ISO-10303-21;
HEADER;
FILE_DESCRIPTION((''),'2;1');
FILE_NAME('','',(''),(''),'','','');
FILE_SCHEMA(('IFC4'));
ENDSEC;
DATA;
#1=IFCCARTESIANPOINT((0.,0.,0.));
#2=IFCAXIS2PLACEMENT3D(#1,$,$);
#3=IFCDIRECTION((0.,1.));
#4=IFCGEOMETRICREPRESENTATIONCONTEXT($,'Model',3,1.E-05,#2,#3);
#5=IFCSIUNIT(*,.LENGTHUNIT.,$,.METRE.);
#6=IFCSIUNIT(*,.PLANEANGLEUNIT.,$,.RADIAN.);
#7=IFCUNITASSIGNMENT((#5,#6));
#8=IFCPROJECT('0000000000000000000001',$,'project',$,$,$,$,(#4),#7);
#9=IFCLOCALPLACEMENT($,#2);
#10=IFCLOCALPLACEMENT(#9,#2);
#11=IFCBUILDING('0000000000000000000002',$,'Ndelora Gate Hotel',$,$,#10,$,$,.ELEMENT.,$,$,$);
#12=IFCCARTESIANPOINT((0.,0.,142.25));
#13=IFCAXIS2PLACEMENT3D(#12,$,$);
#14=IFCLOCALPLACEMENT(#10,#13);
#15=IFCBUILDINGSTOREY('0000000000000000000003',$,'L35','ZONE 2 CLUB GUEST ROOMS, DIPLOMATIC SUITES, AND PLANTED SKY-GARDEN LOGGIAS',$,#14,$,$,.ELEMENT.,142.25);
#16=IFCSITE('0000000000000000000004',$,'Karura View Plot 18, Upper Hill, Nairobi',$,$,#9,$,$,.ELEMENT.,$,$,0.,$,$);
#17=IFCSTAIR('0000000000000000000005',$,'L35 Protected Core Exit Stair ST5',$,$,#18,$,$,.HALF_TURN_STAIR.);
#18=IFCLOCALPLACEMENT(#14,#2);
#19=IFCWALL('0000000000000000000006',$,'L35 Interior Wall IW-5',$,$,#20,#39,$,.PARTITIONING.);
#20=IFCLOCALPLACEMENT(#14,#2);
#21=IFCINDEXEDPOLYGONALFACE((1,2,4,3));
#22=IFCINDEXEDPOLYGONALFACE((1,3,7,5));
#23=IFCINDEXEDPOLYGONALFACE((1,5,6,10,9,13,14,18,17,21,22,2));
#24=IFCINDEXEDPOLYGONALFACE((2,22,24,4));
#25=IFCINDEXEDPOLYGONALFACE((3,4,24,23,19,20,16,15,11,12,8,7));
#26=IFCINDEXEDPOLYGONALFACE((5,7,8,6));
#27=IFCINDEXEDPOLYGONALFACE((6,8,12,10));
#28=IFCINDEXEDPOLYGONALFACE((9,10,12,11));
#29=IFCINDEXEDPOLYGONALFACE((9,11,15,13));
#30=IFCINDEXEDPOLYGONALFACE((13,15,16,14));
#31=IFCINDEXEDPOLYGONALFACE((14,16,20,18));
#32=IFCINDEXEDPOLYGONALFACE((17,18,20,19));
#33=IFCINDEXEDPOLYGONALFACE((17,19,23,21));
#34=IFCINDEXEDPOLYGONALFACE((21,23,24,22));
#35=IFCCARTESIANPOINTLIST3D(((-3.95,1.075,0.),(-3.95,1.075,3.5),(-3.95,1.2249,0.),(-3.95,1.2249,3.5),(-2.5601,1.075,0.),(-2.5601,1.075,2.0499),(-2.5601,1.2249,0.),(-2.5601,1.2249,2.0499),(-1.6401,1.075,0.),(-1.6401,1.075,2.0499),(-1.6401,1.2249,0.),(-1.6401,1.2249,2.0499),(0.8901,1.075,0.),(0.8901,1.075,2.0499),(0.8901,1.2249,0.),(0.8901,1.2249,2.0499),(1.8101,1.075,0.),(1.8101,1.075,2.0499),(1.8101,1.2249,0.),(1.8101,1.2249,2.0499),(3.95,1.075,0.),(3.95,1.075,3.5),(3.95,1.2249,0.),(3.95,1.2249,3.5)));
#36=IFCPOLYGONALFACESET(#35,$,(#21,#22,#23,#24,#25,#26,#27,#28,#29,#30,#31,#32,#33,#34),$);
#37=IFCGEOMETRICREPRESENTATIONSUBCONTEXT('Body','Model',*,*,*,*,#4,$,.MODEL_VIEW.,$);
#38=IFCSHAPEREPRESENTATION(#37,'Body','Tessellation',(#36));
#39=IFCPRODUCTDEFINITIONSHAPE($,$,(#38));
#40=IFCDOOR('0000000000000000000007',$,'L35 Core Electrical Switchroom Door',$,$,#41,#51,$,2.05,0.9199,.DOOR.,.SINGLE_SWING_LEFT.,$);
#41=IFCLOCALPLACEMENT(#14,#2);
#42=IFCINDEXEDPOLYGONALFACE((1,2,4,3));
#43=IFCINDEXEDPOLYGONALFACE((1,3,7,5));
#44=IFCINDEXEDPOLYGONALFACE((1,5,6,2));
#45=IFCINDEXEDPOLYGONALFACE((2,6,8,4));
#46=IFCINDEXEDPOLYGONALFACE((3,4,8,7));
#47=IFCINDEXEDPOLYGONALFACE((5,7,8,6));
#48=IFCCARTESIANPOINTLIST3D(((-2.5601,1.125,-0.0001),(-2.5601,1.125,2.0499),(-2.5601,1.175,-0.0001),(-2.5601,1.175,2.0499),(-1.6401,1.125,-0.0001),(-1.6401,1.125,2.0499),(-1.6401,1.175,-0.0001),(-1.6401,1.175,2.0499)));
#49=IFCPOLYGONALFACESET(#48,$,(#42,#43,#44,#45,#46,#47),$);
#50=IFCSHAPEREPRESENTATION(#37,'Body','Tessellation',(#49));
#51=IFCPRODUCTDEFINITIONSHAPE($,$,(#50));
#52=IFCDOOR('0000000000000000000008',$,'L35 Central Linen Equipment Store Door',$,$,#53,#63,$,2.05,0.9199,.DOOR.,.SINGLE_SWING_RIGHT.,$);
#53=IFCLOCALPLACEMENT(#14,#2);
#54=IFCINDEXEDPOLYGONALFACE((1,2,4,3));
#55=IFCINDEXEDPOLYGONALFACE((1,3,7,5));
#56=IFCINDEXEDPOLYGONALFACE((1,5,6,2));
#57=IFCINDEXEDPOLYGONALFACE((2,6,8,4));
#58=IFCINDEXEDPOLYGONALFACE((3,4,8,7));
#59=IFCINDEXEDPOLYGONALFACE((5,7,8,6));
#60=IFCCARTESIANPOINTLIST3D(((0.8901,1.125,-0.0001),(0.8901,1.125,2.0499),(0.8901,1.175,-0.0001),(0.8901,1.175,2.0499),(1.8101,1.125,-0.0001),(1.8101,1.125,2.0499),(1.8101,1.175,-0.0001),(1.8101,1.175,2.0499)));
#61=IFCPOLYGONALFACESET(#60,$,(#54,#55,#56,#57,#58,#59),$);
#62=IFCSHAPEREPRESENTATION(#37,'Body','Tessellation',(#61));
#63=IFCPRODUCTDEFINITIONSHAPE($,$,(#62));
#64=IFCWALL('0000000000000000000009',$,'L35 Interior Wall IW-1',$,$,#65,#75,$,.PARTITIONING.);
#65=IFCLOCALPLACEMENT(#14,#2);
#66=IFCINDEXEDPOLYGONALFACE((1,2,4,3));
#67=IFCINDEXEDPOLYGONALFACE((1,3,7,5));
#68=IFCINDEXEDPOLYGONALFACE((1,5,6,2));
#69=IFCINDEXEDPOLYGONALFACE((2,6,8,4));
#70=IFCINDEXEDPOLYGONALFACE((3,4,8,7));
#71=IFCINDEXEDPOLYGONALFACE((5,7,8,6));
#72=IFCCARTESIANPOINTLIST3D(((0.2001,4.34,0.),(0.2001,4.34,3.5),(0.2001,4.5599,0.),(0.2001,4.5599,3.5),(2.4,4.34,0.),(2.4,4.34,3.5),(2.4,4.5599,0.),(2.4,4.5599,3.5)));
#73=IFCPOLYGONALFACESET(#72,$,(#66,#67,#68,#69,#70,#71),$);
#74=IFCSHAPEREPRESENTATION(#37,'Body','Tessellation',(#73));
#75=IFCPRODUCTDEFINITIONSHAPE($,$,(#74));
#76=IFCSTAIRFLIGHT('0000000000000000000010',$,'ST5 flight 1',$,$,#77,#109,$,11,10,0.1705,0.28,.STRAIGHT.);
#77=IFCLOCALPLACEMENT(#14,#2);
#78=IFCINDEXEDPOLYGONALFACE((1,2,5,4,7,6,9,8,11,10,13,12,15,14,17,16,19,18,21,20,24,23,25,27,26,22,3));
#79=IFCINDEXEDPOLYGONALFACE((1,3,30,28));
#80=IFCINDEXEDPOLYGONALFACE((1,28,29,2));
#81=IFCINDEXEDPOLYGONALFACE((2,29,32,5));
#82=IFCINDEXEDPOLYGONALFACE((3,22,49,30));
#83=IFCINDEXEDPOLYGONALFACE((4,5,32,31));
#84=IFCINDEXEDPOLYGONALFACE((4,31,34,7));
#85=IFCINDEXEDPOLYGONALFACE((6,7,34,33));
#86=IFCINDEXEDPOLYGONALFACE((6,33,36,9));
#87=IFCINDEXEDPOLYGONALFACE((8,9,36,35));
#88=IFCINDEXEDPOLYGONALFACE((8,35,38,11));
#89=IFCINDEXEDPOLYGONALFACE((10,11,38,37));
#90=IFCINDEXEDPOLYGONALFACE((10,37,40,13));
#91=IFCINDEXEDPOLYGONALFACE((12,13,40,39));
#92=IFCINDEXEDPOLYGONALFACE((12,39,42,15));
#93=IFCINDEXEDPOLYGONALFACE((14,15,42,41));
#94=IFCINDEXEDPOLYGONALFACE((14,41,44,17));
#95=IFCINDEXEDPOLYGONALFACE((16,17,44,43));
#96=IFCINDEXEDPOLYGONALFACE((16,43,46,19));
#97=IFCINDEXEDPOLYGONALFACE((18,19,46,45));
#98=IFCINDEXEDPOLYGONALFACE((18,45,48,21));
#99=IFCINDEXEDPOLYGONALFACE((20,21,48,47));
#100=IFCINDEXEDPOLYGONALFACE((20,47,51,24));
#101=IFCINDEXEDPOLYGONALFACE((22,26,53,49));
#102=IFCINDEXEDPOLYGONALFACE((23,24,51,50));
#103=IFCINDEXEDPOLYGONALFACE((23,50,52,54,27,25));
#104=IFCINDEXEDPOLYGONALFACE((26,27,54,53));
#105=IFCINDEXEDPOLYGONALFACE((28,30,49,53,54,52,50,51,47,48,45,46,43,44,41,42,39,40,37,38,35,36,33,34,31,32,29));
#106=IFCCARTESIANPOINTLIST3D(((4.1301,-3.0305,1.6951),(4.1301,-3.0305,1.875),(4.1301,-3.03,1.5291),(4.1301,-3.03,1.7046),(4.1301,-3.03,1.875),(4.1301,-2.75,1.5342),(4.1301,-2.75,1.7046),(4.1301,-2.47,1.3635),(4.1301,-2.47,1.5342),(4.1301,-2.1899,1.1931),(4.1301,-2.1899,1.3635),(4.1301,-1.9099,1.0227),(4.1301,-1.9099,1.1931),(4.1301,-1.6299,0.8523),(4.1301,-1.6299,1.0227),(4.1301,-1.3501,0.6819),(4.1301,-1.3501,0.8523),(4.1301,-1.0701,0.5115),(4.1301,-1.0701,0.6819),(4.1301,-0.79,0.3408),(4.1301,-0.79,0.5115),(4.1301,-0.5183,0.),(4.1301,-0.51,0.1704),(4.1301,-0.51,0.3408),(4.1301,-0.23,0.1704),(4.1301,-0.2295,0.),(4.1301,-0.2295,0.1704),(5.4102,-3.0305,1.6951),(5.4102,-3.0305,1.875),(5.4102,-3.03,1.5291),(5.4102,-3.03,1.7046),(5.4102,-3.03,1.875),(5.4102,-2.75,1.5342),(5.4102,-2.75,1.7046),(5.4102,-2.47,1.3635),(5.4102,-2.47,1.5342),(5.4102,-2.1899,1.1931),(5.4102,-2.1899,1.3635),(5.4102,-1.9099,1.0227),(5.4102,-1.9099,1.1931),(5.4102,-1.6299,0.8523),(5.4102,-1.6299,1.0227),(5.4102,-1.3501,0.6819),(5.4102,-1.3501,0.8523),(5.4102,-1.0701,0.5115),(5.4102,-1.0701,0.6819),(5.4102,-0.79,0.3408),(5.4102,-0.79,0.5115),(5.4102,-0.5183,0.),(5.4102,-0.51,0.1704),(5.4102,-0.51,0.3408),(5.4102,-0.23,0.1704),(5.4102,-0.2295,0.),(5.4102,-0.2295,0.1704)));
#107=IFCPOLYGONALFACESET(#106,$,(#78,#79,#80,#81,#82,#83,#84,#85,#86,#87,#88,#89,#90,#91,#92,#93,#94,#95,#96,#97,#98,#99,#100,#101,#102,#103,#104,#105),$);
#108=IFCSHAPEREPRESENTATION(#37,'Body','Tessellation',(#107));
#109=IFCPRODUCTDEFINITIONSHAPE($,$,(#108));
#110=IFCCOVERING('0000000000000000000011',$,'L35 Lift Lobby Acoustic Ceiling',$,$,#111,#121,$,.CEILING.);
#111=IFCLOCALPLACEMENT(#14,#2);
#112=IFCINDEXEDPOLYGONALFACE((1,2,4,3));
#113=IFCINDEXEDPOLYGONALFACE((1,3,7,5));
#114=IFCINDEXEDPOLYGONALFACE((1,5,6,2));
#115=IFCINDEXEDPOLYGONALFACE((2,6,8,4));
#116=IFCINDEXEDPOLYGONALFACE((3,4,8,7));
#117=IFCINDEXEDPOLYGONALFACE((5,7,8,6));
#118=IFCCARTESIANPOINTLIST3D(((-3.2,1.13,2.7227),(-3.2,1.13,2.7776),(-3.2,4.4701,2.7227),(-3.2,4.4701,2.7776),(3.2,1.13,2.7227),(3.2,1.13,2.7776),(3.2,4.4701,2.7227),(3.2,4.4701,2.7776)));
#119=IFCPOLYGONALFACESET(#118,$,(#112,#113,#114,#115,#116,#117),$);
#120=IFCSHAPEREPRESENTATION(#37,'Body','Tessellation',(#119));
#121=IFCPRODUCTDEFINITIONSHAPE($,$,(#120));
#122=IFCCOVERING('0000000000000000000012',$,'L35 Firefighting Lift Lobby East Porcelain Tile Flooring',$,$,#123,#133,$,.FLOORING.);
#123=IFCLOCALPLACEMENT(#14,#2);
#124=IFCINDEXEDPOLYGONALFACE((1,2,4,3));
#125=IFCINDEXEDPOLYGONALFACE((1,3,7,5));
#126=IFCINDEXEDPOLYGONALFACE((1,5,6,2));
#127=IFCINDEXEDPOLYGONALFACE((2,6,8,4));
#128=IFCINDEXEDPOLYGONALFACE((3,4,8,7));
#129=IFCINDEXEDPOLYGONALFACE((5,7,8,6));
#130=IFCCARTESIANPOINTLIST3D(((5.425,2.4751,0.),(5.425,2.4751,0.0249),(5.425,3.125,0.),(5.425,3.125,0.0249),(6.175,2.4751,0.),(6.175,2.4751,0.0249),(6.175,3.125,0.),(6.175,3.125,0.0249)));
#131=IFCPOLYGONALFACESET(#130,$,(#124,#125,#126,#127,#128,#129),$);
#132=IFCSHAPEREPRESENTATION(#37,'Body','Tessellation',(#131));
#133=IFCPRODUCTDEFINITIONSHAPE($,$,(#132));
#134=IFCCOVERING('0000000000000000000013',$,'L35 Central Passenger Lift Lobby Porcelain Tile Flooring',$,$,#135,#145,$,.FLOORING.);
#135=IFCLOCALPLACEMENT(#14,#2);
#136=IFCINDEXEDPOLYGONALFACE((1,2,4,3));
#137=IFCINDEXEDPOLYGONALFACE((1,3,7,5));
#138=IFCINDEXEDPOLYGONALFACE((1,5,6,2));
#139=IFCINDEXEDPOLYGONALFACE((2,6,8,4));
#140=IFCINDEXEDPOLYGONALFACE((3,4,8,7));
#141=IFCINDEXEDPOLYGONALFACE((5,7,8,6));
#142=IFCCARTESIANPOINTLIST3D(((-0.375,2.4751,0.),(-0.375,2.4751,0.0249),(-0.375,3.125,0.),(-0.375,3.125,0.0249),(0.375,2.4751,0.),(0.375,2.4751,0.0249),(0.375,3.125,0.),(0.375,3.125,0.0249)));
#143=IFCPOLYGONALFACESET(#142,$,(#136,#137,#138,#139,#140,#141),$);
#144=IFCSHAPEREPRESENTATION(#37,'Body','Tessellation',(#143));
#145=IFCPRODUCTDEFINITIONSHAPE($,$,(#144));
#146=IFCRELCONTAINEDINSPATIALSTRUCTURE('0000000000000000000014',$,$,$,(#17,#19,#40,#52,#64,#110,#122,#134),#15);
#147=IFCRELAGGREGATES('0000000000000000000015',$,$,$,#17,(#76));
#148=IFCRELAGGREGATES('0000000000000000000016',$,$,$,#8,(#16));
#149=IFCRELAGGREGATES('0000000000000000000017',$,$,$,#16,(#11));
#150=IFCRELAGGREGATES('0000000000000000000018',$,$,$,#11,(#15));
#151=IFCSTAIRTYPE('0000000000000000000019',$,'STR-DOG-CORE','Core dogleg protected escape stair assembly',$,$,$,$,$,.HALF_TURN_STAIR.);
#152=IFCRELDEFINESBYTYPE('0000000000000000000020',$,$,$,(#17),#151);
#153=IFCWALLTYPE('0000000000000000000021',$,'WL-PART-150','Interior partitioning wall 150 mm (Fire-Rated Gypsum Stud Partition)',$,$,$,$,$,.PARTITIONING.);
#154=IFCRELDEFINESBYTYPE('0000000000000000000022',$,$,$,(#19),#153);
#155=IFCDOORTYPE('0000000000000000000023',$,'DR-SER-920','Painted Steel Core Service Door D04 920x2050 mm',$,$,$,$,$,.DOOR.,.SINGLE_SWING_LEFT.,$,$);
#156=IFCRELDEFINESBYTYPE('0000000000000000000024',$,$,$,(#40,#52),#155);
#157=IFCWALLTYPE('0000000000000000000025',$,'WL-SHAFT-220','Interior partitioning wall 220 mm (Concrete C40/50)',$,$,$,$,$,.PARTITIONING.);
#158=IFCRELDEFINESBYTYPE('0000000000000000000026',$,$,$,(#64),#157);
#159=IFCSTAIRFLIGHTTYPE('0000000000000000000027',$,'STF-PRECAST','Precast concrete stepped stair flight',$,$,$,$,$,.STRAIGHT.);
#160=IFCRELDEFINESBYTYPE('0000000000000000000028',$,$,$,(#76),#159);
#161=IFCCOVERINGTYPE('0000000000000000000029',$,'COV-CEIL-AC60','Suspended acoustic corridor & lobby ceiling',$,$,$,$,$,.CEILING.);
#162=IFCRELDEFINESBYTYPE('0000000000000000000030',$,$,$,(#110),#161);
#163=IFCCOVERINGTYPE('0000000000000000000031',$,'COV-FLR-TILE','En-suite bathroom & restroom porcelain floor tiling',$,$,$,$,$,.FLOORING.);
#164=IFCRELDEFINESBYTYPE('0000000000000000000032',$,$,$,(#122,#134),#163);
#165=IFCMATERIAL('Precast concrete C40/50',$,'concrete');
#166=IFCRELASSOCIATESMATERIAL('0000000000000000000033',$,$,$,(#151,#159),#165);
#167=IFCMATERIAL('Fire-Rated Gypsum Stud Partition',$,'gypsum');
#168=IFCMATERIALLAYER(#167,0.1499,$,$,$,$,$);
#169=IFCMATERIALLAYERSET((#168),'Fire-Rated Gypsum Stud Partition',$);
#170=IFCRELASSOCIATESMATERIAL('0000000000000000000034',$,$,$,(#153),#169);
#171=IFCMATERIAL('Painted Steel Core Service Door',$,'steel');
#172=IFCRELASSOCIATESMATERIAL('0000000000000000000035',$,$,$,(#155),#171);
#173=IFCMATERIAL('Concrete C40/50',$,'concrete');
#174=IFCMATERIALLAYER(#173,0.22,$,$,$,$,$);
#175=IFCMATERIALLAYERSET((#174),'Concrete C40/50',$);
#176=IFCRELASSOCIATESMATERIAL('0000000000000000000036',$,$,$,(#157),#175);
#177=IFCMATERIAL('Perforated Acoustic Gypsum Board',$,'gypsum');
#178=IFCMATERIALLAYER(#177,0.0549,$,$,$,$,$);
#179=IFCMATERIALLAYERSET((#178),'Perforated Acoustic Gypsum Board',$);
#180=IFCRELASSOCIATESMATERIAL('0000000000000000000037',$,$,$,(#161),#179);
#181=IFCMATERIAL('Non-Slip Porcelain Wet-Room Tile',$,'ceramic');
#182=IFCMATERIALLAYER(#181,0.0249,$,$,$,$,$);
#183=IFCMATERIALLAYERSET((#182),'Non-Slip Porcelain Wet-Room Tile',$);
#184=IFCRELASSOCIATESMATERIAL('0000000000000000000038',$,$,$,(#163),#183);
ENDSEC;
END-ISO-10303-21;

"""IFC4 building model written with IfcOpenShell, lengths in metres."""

from ifc_helpers import new_model, si_unit, direction, frame, frame_2d, origin, origin_2d, place, context, subcontext, project, spatial, polyline, rectangle, outline, extrude, material, layer, layer_set, type_object, element, fill, aggregate, save


model = new_model("IFC4")

# Units and contexts
model_context = context("Model", 3, precision=1e-05, world=origin(), true_north=direction((0.0, 1.0)))
body_context = subcontext(model_context, "Body", "Model", "MODEL_VIEW")
ifc_project = project(units=[si_unit("LENGTHUNIT", "METRE"), si_unit("PLANEANGLEUNIT", "RADIAN")], contexts=[model_context])

# Site, building, storey
site_placement = place(None, origin())
site = spatial("IfcSite", under=ifc_project, at=site_placement, Name="Karura View Plot 18, Upper Hill, Nairobi", CompositionType="ELEMENT", RefElevation=0.0)
building_placement = place(site_placement, origin())
building = spatial("IfcBuilding", under=site, at=building_placement, Name="Ndelora Gate Hotel", CompositionType="ELEMENT")
storey_placement = place(building_placement, frame((0.0, 0.0, 142.25)))
storey = spatial("IfcBuildingStorey", under=building, at=storey_placement, Name="L35", Description="ZONE 2 CLUB GUEST ROOMS, DIPLOMATIC SUITES, AND PLANTED SKY-GARDEN LOGGIAS", CompositionType="ELEMENT", Elevation=142.25)

# Stair
ifc_material_1 = material(Name="Precast concrete C40/50", Category="concrete")
stair_type = type_object("IfcStairType", Name="STR-DOG-CORE", Description="Core dogleg protected escape stair assembly", PredefinedType="HALF_TURN_STAIR", material=ifc_material_1)
stair_1_placement = place(storey_placement, origin())
stair_1 = element("IfcStair", 1, at=stair_1_placement, inside=storey, type_object=stair_type, Name="L35 Protected Core Exit Stair ST5", PredefinedType="HALF_TURN_STAIR")

# Shared definitions
ifc_material_2 = material(Name="Concrete C40/50", Category="concrete")

# Wall, openings, doors
ifc_material_3 = material(Name="Fire-Rated Gypsum Stud Partition", Category="gypsum")
ifc_layer_1 = layer(ifc_material_3, 0.1499)
ifc_layer_set_1 = layer_set([ifc_layer_1], Name="Fire-Rated Gypsum Stud Partition")
wall_type_1 = type_object("IfcWallType", Name="WL-PART-150", Description="Interior partitioning wall 150 mm (Fire-Rated Gypsum Stud Partition)", PredefinedType="PARTITIONING", material=ifc_layer_set_1)
wall_1_placement = place(storey_placement, frame((3.95, 1.1499, 0.0), z_axis=(0.0, 0.0, 1.0), x_axis=(-1.0, 0.0, 0.0)))
wall_1 = element("IfcWall", 2, at=wall_1_placement, inside=storey, type_object=wall_type_1, Name="L35 Interior Wall IW-5", PredefinedType="PARTITIONING", context=body_context, shape_type="SweptSolid", body=[
    extrude(rectangle(XDim=7.8999, YDim=0.1499, at=frame_2d((3.95, 0.0))), origin(), (0.0, 0.0, 1.0), 3.5),
])
opening_1_placement = place(wall_1_placement, frame((5.5901, 0.0, 0.0)))
opening_1 = element("IfcOpeningElement", 3, at=opening_1_placement, cuts=wall_1, PredefinedType="OPENING", context=body_context, shape_type="SweptSolid", body=[
    extrude(rectangle(XDim=0.9199, YDim=2.05, at=frame_2d((0.46, 1.0249))), frame((0.0, 0.085, 0.0), z_axis=(0.0, -1.0, 0.0), x_axis=(1.0, 0.0, 0.0)), (0.0, 0.0, 1.0), 0.1699),
])
opening_2_placement = place(wall_1_placement, frame((2.1399, 0.0, 0.0)))
opening_2 = element("IfcOpeningElement", 4, at=opening_2_placement, cuts=wall_1, PredefinedType="OPENING", context=body_context, shape_type="SweptSolid", body=[
    extrude(rectangle(XDim=0.9199, YDim=2.05, at=frame_2d((0.46, 1.0249))), frame((0.0, 0.085, 0.0), z_axis=(0.0, -1.0, 0.0), x_axis=(1.0, 0.0, 0.0)), (0.0, 0.0, 1.0), 0.1699),
])
ifc_material_4 = material(Name="Painted Steel Core Service Door", Category="steel")
door_type_1 = type_object("IfcDoorType", Name="DR-SER-920", Description="Painted Steel Core Service Door D04 920x2050 mm", OperationType="SINGLE_SWING_LEFT", PredefinedType="DOOR", material=ifc_material_4)
door_1_placement = place(opening_1_placement, origin())
door_1 = element("IfcDoor", 5, at=door_1_placement, inside=storey, type_object=door_type_1, Name="L35 Core Electrical Switchroom Door", OperationType="SINGLE_SWING_LEFT", OverallHeight=2.05, OverallWidth=0.9199, PredefinedType="DOOR", context=body_context, shape_type="SweptSolid", body=[
    extrude(rectangle(XDim=0.9199, YDim=2.05, at=frame_2d((0.46, 1.0249))), frame((0.0, 0.0249, 0.0), z_axis=(0.0, -1.0, 0.0), x_axis=(1.0, 0.0, 0.0)), (0.0, 0.0, 1.0), 0.05),
])
fill(opening_1, door_1)
door_2_placement = place(opening_2_placement, origin())
door_2 = element("IfcDoor", 6, at=door_2_placement, inside=storey, type_object=door_type_1, Name="L35 Central Linen Equipment Store Door", OperationType="SINGLE_SWING_RIGHT", OverallHeight=2.05, OverallWidth=0.9199, PredefinedType="DOOR", context=body_context, shape_type="SweptSolid", body=[
    extrude(rectangle(XDim=0.9199, YDim=2.05, at=frame_2d((0.46, 1.0249))), frame((0.0, 0.0249, 0.0), z_axis=(0.0, -1.0, 0.0), x_axis=(1.0, 0.0, 0.0)), (0.0, 0.0, 1.0), 0.05),
])
fill(opening_2, door_2)

# Shared definitions
ifc_layer_2 = layer(ifc_material_2, 0.22)
ifc_layer_set_2 = layer_set([ifc_layer_2], Name="Concrete C40/50")
wall_type_2 = type_object("IfcWallType", Name="WL-SHAFT-220", Description="Interior partitioning wall 220 mm (Concrete C40/50)", PredefinedType="PARTITIONING", material=ifc_layer_set_2)

# Wall
wall_2_placement = place(storey_placement, frame((0.2, 4.45, 0.0), z_axis=(0.0, 0.0, 1.0), x_axis=(1.0, 0.0, 0.0)))
element("IfcWall", 7, at=wall_2_placement, inside=storey, type_object=wall_type_2, Name="L35 Interior Wall IW-1", PredefinedType="PARTITIONING", context=body_context, shape_type="SweptSolid", body=[
    extrude(rectangle(XDim=2.2, YDim=0.22, at=frame_2d((1.1001, 0.0))), origin(), (0.0, 0.0, 1.0), 3.5),
])

# Stair flight
stair_flight_type = type_object("IfcStairFlightType", Name="STF-PRECAST", Description="Precast concrete stepped stair flight", PredefinedType="STRAIGHT", material=ifc_material_1)
stair_flight_placement = place(storey_placement, frame((4.77, -0.23, 0.0), z_axis=(0.0, 0.0, 1.0), x_axis=(0.0, -1.0, 0.0)))
stair_flight = element("IfcStairFlight", 8, at=stair_flight_placement, type_object=stair_flight_type, Name="ST5 flight 1", NumberOfRisers=11, NumberOfTreads=10, PredefinedType="STRAIGHT", RiserHeight=0.1705, TreadLength=0.28, context=body_context, shape_type="SweptSolid", body=[
    extrude(outline(polyline([(-0.0005, 0.0), (-0.0005, 0.1704), (0.0, 0.1704), (0.28, 0.1704), (0.28, 0.3408), (0.5601, 0.3408), (0.5601, 0.5115), (0.8401, 0.5115), (0.8401, 0.6819), (1.1201, 0.6819), (1.1201, 0.8523), (1.3999, 0.8523), (1.3999, 1.0227), (1.6799, 1.0227), (1.6799, 1.1931), (1.96, 1.1931), (1.96, 1.3635), (2.24, 1.3635), (2.24, 1.5342), (2.52, 1.5342), (2.52, 1.7046), (2.8, 1.7046), (2.8, 1.875), (2.8005, 1.875), (2.8005, 1.6951), (2.8, 1.5291), (0.2883, 0.0), (-0.0005, 0.0)])), frame((0.0, 0.6401, 0.0), z_axis=(0.0, -1.0, 0.0), x_axis=(1.0, 0.0, 0.0)), (0.0, 0.0, 1.0), 1.28),
])
aggregate(stair_1, [stair_flight])

# Coverings
ifc_material_5 = material(Name="Perforated Acoustic Gypsum Board", Category="gypsum")
ifc_layer_3 = layer(ifc_material_5, 0.0549)
ifc_layer_set_3 = layer_set([ifc_layer_3], Name="Perforated Acoustic Gypsum Board")
covering_type_1 = type_object("IfcCoveringType", Name="COV-CEIL-AC60", Description="Suspended acoustic corridor & lobby ceiling", PredefinedType="CEILING", material=ifc_layer_set_3)
covering_placement = place(storey_placement, frame((0.0, 2.8, 2.7227), z_axis=(0.0, 0.0, 1.0), x_axis=(1.0, 0.0, 0.0)))
element("IfcCovering", 9, at=covering_placement, inside=storey, type_object=covering_type_1, Name="L35 Lift Lobby Acoustic Ceiling", PredefinedType="CEILING", context=body_context, shape_type="SweptSolid", body=[
    extrude(rectangle(XDim=6.3999, YDim=3.3401, at=origin_2d()), origin(), (0.0, 0.0, 1.0), 0.0549),
])
ifc_material_6 = material(Name="Non-Slip Porcelain Wet-Room Tile", Category="ceramic")
ifc_layer_4 = layer(ifc_material_6, 0.0249)
ifc_layer_set_4 = layer_set([ifc_layer_4], Name="Non-Slip Porcelain Wet-Room Tile")
covering_type_2 = type_object("IfcCoveringType", Name="COV-FLR-TILE", Description="En-suite bathroom & restroom porcelain floor tiling", PredefinedType="FLOORING", material=ifc_layer_set_4)
for number, where, z_axis, x_axis, name in (
    (10, (5.8, 2.8, 0.0), (0.0, 0.0, 1.0), (1.0, 0.0, 0.0), "L35 Firefighting Lift Lobby East Porcelain Tile Flooring"),
    (11, (0.0, 2.8, 0.0), (0.0, 0.0, 1.0), (1.0, 0.0, 0.0), "L35 Central Passenger Lift Lobby Porcelain Tile Flooring"),
):
    element("IfcCovering", number, at=place(storey_placement, frame(where, z_axis=z_axis, x_axis=x_axis)), inside=storey, type_object=covering_type_2, Name=name, PredefinedType="FLOORING", context=body_context, shape_type="SweptSolid", body=[
        extrude(rectangle(XDim=0.75, YDim=0.6499, at=origin_2d()), origin(), (0.0, 0.0, 1.0), 0.0249),
    ])

save(model, "model.ifc")
